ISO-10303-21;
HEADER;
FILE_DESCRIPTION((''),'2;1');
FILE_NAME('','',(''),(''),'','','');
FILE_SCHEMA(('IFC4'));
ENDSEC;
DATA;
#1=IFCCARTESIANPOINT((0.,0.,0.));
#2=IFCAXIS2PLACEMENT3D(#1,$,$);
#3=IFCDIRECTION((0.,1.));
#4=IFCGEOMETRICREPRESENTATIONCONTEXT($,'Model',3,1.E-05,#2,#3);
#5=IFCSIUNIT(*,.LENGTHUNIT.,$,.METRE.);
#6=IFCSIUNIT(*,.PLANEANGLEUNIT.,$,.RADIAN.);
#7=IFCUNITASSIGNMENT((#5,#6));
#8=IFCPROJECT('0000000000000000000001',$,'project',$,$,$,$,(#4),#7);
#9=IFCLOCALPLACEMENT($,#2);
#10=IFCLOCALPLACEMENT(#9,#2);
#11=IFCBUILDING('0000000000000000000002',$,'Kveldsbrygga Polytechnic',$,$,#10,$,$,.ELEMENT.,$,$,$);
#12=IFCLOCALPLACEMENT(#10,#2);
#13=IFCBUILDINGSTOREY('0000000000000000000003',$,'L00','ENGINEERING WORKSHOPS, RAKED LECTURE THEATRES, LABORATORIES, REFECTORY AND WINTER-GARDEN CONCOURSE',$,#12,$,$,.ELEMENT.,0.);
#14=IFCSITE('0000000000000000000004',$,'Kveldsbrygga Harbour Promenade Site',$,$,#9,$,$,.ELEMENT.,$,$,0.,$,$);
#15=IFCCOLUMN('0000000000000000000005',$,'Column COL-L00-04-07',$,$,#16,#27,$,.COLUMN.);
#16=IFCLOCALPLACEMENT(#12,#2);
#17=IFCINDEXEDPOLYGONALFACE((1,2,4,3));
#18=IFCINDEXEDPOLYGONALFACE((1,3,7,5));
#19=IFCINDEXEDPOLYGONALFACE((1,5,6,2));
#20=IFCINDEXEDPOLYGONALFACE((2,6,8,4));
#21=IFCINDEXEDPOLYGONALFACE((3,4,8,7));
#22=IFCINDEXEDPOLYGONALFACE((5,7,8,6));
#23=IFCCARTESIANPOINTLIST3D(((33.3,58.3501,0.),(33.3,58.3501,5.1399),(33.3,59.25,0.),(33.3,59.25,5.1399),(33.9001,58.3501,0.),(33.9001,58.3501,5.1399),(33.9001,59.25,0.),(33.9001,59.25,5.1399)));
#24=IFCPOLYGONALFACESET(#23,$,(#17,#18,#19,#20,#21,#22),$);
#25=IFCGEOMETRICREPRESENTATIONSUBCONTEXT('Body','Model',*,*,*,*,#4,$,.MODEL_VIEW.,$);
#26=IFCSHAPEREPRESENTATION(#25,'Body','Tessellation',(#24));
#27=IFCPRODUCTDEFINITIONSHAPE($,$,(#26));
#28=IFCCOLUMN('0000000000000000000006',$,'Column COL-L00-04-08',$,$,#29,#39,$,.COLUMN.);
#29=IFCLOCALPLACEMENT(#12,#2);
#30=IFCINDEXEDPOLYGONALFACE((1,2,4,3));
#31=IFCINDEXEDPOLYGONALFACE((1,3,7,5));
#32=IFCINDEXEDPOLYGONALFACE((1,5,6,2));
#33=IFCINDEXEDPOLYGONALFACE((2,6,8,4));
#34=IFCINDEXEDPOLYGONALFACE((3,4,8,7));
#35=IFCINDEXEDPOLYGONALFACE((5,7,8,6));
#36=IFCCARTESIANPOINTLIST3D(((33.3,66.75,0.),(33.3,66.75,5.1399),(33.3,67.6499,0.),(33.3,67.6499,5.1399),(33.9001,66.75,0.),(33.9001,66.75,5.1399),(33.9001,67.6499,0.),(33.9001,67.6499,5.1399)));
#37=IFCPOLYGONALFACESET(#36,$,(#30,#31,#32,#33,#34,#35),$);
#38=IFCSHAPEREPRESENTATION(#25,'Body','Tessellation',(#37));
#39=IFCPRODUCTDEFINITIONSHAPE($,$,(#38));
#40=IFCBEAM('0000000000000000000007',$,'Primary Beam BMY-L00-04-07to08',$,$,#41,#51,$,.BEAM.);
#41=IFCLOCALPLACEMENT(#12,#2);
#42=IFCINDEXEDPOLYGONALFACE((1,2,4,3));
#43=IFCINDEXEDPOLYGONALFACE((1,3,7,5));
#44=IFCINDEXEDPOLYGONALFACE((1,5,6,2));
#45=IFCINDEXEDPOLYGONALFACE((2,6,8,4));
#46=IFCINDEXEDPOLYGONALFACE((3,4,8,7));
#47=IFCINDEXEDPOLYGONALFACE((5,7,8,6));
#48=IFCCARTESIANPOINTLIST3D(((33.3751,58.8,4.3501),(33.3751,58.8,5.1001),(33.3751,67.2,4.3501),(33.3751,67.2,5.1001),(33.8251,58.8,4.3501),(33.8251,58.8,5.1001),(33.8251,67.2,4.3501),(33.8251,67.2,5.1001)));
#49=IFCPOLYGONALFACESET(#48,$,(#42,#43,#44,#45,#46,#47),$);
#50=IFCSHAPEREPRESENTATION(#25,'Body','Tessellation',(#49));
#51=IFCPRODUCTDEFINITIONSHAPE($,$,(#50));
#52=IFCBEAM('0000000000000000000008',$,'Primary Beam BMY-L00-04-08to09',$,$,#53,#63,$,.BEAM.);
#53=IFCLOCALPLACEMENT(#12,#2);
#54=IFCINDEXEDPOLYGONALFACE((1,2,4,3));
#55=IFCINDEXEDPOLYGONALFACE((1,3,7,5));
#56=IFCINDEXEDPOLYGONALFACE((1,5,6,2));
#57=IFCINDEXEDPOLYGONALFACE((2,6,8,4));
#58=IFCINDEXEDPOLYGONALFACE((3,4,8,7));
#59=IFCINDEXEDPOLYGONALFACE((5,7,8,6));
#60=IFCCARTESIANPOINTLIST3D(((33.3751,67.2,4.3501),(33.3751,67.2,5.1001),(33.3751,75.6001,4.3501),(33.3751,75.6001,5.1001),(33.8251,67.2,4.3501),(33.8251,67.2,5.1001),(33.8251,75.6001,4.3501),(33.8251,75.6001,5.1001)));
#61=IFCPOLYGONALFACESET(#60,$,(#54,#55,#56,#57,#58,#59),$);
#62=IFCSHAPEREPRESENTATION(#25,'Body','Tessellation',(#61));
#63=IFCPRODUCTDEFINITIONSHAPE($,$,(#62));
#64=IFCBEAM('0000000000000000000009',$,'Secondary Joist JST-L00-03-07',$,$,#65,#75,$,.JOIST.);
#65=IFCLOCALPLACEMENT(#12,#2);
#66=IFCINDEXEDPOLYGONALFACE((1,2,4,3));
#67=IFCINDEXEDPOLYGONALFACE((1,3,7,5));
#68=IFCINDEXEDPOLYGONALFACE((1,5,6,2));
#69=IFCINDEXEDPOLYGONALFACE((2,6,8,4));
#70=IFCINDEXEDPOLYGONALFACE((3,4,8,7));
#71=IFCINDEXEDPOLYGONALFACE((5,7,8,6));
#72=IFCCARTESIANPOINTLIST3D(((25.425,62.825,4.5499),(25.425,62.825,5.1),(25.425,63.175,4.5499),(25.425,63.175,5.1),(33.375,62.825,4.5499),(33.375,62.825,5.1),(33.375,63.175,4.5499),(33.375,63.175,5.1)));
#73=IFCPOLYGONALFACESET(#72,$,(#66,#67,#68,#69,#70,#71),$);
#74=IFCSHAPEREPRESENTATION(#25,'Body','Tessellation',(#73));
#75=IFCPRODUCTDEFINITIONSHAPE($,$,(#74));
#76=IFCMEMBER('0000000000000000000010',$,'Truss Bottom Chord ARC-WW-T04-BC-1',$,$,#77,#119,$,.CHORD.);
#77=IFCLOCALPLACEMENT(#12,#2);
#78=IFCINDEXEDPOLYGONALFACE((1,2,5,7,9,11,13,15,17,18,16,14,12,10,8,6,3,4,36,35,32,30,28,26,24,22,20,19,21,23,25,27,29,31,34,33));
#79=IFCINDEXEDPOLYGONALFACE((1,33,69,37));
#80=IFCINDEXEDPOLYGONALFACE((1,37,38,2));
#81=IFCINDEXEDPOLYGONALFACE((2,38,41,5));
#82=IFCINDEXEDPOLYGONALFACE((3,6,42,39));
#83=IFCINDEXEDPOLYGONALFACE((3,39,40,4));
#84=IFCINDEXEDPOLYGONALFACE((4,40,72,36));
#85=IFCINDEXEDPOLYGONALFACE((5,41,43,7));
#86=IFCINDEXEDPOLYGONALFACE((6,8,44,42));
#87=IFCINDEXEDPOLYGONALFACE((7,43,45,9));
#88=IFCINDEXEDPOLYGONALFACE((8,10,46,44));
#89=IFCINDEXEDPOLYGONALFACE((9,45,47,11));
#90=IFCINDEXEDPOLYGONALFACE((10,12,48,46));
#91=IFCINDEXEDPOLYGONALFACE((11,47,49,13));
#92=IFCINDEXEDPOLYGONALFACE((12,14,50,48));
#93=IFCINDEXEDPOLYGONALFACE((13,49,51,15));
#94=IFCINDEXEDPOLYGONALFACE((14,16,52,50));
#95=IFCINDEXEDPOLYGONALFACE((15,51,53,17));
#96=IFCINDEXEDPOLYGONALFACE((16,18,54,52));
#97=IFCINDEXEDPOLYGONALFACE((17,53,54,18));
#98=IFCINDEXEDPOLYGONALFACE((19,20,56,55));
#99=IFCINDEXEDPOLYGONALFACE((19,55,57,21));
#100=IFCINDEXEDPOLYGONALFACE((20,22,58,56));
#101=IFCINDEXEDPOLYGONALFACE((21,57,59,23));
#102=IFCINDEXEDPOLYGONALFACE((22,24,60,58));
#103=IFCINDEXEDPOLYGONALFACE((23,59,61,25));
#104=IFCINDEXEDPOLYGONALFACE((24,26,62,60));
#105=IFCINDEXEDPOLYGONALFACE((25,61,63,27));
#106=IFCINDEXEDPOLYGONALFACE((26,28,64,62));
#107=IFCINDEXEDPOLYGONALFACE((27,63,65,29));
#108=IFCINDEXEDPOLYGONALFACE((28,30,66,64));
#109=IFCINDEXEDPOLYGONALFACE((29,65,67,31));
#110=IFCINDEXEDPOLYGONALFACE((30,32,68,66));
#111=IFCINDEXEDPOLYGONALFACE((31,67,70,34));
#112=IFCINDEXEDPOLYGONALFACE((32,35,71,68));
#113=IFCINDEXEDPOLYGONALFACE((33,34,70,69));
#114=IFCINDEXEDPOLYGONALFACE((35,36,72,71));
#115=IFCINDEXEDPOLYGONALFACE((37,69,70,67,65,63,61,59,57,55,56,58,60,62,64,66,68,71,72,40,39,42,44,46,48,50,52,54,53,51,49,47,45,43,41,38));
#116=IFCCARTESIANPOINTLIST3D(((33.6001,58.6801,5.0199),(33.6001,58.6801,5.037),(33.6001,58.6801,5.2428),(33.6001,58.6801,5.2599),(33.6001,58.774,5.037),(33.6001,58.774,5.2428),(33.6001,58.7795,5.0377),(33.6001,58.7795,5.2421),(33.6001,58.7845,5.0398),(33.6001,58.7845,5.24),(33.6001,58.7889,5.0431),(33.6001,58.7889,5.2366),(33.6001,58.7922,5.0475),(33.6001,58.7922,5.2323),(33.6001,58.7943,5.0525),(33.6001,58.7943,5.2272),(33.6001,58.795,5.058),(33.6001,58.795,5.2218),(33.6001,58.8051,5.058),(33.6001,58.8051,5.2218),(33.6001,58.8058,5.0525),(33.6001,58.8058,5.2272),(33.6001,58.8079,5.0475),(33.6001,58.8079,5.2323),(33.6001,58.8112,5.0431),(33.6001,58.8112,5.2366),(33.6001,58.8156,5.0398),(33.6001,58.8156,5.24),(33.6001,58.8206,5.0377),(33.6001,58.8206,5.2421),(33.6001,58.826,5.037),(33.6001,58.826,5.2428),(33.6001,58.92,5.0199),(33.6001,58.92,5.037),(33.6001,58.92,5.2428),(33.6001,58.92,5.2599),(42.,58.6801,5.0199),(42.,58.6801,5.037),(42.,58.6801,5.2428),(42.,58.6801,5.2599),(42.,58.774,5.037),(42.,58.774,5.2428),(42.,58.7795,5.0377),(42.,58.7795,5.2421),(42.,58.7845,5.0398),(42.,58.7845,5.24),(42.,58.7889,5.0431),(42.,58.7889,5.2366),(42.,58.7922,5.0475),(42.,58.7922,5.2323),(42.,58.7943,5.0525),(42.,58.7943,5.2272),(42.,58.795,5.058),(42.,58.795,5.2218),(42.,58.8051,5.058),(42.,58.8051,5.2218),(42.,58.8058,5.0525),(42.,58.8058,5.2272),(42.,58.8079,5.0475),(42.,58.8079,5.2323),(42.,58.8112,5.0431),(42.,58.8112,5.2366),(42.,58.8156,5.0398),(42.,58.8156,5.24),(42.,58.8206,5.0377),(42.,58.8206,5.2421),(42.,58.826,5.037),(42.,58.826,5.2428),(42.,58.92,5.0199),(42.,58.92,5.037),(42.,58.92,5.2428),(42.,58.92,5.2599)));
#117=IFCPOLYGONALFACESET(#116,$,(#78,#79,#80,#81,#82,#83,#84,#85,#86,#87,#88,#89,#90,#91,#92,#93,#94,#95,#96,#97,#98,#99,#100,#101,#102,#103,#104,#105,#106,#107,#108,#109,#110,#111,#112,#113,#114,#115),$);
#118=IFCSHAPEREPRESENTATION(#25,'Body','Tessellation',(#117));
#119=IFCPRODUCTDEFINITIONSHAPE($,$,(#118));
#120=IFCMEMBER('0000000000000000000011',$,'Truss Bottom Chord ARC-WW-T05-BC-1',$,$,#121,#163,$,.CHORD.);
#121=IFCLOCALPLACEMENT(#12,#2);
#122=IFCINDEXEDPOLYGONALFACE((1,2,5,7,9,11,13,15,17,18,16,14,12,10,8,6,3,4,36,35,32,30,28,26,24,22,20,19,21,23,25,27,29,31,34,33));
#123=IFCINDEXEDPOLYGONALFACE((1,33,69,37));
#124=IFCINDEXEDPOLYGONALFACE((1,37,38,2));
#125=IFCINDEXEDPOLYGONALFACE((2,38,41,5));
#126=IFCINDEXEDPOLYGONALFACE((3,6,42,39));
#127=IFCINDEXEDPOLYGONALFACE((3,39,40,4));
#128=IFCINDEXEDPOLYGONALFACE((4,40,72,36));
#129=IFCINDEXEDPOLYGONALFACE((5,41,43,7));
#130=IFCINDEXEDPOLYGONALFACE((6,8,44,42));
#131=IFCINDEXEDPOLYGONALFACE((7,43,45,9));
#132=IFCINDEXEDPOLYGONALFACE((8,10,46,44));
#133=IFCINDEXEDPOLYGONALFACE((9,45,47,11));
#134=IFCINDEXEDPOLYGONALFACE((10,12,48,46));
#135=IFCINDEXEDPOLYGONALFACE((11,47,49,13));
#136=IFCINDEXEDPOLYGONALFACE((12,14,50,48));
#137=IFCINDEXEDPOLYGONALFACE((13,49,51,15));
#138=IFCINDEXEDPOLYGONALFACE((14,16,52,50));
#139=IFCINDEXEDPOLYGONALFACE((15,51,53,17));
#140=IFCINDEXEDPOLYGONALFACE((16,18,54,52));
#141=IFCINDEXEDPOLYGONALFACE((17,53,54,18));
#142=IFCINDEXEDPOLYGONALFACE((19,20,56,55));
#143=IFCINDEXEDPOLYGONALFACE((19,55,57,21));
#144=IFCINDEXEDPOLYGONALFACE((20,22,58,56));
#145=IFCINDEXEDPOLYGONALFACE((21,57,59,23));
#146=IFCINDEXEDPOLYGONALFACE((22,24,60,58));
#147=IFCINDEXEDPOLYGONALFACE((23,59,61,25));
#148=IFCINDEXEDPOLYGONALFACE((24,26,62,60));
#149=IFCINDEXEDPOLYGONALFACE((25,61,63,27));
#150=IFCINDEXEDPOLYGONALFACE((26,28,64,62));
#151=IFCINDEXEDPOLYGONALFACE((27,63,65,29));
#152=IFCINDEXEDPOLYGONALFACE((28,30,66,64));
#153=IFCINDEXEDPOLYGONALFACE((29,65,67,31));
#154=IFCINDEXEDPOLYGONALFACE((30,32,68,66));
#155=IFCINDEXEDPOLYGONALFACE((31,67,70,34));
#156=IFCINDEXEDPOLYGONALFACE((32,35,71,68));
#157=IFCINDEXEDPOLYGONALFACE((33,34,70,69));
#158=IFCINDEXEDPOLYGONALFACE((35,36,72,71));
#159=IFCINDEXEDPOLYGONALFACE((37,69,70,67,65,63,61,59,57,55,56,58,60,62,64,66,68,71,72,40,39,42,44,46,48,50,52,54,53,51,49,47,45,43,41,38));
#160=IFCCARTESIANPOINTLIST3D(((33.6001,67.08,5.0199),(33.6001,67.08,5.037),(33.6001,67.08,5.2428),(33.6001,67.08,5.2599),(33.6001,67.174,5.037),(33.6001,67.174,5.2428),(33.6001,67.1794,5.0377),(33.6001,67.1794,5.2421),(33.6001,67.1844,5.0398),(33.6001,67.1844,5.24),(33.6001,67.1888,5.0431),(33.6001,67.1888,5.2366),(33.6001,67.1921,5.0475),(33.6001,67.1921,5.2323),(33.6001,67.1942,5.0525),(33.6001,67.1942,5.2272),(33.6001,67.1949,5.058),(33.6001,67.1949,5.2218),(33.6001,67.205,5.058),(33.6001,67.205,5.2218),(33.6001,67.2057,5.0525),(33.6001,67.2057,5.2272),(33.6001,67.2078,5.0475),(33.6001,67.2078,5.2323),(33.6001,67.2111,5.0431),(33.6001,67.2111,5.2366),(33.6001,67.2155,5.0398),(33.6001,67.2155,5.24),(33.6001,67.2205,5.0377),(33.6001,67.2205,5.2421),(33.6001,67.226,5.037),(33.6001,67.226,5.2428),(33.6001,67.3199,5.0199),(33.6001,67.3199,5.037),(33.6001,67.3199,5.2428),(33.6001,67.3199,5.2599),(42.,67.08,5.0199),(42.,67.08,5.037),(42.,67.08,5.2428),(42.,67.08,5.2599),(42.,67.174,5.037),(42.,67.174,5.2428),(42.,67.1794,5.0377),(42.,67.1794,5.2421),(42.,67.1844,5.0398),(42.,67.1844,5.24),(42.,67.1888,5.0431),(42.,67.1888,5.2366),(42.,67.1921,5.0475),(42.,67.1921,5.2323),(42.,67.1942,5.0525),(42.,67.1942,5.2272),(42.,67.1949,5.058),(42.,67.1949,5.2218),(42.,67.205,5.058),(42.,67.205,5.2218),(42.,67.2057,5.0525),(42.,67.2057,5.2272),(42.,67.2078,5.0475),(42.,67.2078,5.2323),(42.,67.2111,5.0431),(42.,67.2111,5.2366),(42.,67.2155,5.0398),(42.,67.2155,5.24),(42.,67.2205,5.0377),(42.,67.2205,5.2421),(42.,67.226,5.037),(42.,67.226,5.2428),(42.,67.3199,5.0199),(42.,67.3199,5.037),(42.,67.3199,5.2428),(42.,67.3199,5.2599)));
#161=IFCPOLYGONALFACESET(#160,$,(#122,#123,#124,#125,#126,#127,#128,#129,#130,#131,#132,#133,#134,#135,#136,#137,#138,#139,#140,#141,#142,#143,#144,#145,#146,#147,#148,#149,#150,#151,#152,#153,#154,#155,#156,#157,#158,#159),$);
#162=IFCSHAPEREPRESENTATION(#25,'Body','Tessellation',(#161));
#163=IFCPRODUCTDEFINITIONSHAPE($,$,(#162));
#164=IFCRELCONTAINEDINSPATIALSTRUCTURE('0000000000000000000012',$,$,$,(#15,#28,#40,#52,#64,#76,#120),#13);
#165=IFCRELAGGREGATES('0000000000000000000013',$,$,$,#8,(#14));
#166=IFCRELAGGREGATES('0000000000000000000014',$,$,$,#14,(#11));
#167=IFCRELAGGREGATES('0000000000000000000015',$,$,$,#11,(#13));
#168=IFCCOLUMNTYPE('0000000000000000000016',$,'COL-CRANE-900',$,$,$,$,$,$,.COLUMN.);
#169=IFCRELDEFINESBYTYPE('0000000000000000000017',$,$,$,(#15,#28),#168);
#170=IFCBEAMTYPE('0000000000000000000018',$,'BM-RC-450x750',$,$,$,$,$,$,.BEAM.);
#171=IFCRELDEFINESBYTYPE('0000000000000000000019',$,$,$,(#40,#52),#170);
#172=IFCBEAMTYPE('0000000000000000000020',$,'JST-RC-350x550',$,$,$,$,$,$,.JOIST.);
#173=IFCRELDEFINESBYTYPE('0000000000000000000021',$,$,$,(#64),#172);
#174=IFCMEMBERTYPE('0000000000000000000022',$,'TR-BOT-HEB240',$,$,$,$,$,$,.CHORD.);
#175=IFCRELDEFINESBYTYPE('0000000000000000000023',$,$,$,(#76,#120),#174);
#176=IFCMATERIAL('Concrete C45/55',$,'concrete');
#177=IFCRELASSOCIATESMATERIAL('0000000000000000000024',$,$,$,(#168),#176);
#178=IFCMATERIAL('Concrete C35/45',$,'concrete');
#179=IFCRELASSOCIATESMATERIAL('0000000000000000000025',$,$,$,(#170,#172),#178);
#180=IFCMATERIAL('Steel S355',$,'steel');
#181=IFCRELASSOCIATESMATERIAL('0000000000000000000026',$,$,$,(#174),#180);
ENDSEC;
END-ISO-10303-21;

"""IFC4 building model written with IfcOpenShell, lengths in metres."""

from ifc_helpers import new_model, si_unit, direction, frame, origin, origin_2d, place, context, subcontext, project, spatial, rectangle, i_section, extrude, material, material_profile, profile_set, type_object, element, save


model = new_model("IFC4")

# Units and contexts
model_context = context("Model", 3, precision=1e-05, world=origin(), true_north=direction((0.0, 1.0)))
body_context = subcontext(model_context, "Body", "Model", "MODEL_VIEW")
ifc_project = project(units=[si_unit("LENGTHUNIT", "METRE"), si_unit("PLANEANGLEUNIT", "RADIAN")], contexts=[model_context])

# Site, building, storey
site_placement = place(None, origin())
site = spatial("IfcSite", under=ifc_project, at=site_placement, Name="Kveldsbrygga Harbour Promenade Site", CompositionType="ELEMENT", RefElevation=0.0)
building_placement = place(site_placement, origin())
building = spatial("IfcBuilding", under=site, at=building_placement, Name="Kveldsbrygga Polytechnic", CompositionType="ELEMENT")
storey_placement = place(building_placement, origin())
storey = spatial("IfcBuildingStorey", under=building, at=storey_placement, Name="L00", Description="ENGINEERING WORKSHOPS, RAKED LECTURE THEATRES, LABORATORIES, REFECTORY AND WINTER-GARDEN CONCOURSE", CompositionType="ELEMENT", Elevation=0.0)

# Columns
ifc_material_1 = material(Name="Concrete C45/55", Category="concrete")
ifc_material_profile_1 = material_profile(ifc_material_1, rectangle(XDim=0.6001, YDim=0.8999, at=origin_2d()), Name="RC 600x900")
ifc_profile_set_1 = profile_set([ifc_material_profile_1], Name="Concrete C45/55")
column_type = type_object("IfcColumnType", Name="COL-CRANE-900", PredefinedType="COLUMN", material=ifc_profile_set_1)
for number, where, z_axis, x_axis, name in (
    (1, (33.6001, 58.8, 0.0), (0.0, 0.0, 1.0), (1.0, 0.0, 0.0), "Column COL-L00-04-07"),
    (2, (33.6001, 67.2, 0.0), (0.0, 0.0, 1.0), (1.0, 0.0, 0.0), "Column COL-L00-04-08"),
):
    element("IfcColumn", number, at=place(storey_placement, frame(where, z_axis=z_axis, x_axis=x_axis)), inside=storey, type_object=column_type, Name=name, PredefinedType="COLUMN", context=body_context, shape_type="SweptSolid", body=[
        extrude(rectangle(XDim=0.6001, YDim=0.8999, at=origin_2d()), origin(), (0.0, 0.0, 1.0), 5.1399),
    ])

# Beams
ifc_material_2 = material(Name="Concrete C35/45", Category="concrete")
ifc_material_profile_2 = material_profile(ifc_material_2, rectangle(XDim=0.45, YDim=0.75, at=origin_2d()), Name="RC 450x750")
ifc_profile_set_2 = profile_set([ifc_material_profile_2], Name="Concrete C35/45")
beam_type_1 = type_object("IfcBeamType", Name="BM-RC-450x750", PredefinedType="BEAM", material=ifc_profile_set_2)
beam_1_placement = place(storey_placement, frame((33.6001, 58.8, 4.7251), z_axis=(0.0, 1.0, 0.0), x_axis=(-1.0, 0.0, 0.0)))
element("IfcBeam", 3, at=beam_1_placement, inside=storey, type_object=beam_type_1, Name="Primary Beam BMY-L00-04-07to08", PredefinedType="BEAM", context=body_context, shape_type="SweptSolid", body=[
    extrude(rectangle(XDim=0.45, YDim=0.75, at=origin_2d()), origin(), (0.0, 0.0, 1.0), 8.3999),
])
beam_2_placement = place(storey_placement, frame((33.6001, 67.2, 4.7251), z_axis=(0.0, 1.0, 0.0), x_axis=(-1.0, 0.0, 0.0)))
element("IfcBeam", 4, at=beam_2_placement, inside=storey, type_object=beam_type_1, Name="Primary Beam BMY-L00-04-08to09", PredefinedType="BEAM", context=body_context, shape_type="SweptSolid", body=[
    extrude(rectangle(XDim=0.45, YDim=0.75, at=origin_2d()), origin(), (0.0, 0.0, 1.0), 8.4001),
])
ifc_material_profile_3 = material_profile(ifc_material_2, rectangle(XDim=0.3501, YDim=0.55, at=origin_2d()), Name="RC 350x550")
ifc_profile_set_3 = profile_set([ifc_material_profile_3], Name="Concrete C35/45")
beam_type_2 = type_object("IfcBeamType", Name="JST-RC-350x550", PredefinedType="JOIST", material=ifc_profile_set_3)
beam_3_placement = place(storey_placement, frame((25.425, 63.0, 4.825), z_axis=(1.0, 0.0, 0.0), x_axis=(0.0, 1.0, 0.0)))
element("IfcBeam", 5, at=beam_3_placement, inside=storey, type_object=beam_type_2, Name="Secondary Joist JST-L00-03-07", PredefinedType="JOIST", context=body_context, shape_type="SweptSolid", body=[
    extrude(rectangle(XDim=0.3501, YDim=0.55, at=origin_2d()), origin(), (0.0, 0.0, 1.0), 7.95),
])

# Members
ifc_material_3 = material(Name="Steel S355", Category="steel")
ifc_material_profile_4 = material_profile(ifc_material_3, i_section(OverallWidth=0.24, OverallDepth=0.24, WebThickness=0.01, FlangeThickness=0.0171, FilletRadius=0.021, at=origin_2d()), Name="HEB 240")
ifc_profile_set_4 = profile_set([ifc_material_profile_4], Name="Steel S355")
member_type_1 = type_object("IfcMemberType", Name="TR-BOT-HEB240", PredefinedType="CHORD", material=ifc_profile_set_4)
for number, where, z_axis, x_axis, name in (
    (6, (33.6001, 58.8, 5.1399), (1.0, 0.0, 0.0), (0.0, 1.0, 0.0), "Truss Bottom Chord ARC-WW-T04-BC-1"),
    (7, (33.6001, 67.2, 5.1399), (1.0, 0.0, 0.0), (0.0, 1.0, 0.0), "Truss Bottom Chord ARC-WW-T05-BC-1"),
):
    element("IfcMember", number, at=place(storey_placement, frame(where, z_axis=z_axis, x_axis=x_axis)), inside=storey, type_object=member_type_1, Name=name, PredefinedType="CHORD", context=body_context, shape_type="SweptSolid", body=[
        extrude(i_section(OverallWidth=0.24, OverallDepth=0.24, WebThickness=0.01, FlangeThickness=0.0171, FilletRadius=0.021, at=origin_2d()), origin(), (0.0, 0.0, 1.0), 8.3999),
    ])

save(model, "model.ifc")
